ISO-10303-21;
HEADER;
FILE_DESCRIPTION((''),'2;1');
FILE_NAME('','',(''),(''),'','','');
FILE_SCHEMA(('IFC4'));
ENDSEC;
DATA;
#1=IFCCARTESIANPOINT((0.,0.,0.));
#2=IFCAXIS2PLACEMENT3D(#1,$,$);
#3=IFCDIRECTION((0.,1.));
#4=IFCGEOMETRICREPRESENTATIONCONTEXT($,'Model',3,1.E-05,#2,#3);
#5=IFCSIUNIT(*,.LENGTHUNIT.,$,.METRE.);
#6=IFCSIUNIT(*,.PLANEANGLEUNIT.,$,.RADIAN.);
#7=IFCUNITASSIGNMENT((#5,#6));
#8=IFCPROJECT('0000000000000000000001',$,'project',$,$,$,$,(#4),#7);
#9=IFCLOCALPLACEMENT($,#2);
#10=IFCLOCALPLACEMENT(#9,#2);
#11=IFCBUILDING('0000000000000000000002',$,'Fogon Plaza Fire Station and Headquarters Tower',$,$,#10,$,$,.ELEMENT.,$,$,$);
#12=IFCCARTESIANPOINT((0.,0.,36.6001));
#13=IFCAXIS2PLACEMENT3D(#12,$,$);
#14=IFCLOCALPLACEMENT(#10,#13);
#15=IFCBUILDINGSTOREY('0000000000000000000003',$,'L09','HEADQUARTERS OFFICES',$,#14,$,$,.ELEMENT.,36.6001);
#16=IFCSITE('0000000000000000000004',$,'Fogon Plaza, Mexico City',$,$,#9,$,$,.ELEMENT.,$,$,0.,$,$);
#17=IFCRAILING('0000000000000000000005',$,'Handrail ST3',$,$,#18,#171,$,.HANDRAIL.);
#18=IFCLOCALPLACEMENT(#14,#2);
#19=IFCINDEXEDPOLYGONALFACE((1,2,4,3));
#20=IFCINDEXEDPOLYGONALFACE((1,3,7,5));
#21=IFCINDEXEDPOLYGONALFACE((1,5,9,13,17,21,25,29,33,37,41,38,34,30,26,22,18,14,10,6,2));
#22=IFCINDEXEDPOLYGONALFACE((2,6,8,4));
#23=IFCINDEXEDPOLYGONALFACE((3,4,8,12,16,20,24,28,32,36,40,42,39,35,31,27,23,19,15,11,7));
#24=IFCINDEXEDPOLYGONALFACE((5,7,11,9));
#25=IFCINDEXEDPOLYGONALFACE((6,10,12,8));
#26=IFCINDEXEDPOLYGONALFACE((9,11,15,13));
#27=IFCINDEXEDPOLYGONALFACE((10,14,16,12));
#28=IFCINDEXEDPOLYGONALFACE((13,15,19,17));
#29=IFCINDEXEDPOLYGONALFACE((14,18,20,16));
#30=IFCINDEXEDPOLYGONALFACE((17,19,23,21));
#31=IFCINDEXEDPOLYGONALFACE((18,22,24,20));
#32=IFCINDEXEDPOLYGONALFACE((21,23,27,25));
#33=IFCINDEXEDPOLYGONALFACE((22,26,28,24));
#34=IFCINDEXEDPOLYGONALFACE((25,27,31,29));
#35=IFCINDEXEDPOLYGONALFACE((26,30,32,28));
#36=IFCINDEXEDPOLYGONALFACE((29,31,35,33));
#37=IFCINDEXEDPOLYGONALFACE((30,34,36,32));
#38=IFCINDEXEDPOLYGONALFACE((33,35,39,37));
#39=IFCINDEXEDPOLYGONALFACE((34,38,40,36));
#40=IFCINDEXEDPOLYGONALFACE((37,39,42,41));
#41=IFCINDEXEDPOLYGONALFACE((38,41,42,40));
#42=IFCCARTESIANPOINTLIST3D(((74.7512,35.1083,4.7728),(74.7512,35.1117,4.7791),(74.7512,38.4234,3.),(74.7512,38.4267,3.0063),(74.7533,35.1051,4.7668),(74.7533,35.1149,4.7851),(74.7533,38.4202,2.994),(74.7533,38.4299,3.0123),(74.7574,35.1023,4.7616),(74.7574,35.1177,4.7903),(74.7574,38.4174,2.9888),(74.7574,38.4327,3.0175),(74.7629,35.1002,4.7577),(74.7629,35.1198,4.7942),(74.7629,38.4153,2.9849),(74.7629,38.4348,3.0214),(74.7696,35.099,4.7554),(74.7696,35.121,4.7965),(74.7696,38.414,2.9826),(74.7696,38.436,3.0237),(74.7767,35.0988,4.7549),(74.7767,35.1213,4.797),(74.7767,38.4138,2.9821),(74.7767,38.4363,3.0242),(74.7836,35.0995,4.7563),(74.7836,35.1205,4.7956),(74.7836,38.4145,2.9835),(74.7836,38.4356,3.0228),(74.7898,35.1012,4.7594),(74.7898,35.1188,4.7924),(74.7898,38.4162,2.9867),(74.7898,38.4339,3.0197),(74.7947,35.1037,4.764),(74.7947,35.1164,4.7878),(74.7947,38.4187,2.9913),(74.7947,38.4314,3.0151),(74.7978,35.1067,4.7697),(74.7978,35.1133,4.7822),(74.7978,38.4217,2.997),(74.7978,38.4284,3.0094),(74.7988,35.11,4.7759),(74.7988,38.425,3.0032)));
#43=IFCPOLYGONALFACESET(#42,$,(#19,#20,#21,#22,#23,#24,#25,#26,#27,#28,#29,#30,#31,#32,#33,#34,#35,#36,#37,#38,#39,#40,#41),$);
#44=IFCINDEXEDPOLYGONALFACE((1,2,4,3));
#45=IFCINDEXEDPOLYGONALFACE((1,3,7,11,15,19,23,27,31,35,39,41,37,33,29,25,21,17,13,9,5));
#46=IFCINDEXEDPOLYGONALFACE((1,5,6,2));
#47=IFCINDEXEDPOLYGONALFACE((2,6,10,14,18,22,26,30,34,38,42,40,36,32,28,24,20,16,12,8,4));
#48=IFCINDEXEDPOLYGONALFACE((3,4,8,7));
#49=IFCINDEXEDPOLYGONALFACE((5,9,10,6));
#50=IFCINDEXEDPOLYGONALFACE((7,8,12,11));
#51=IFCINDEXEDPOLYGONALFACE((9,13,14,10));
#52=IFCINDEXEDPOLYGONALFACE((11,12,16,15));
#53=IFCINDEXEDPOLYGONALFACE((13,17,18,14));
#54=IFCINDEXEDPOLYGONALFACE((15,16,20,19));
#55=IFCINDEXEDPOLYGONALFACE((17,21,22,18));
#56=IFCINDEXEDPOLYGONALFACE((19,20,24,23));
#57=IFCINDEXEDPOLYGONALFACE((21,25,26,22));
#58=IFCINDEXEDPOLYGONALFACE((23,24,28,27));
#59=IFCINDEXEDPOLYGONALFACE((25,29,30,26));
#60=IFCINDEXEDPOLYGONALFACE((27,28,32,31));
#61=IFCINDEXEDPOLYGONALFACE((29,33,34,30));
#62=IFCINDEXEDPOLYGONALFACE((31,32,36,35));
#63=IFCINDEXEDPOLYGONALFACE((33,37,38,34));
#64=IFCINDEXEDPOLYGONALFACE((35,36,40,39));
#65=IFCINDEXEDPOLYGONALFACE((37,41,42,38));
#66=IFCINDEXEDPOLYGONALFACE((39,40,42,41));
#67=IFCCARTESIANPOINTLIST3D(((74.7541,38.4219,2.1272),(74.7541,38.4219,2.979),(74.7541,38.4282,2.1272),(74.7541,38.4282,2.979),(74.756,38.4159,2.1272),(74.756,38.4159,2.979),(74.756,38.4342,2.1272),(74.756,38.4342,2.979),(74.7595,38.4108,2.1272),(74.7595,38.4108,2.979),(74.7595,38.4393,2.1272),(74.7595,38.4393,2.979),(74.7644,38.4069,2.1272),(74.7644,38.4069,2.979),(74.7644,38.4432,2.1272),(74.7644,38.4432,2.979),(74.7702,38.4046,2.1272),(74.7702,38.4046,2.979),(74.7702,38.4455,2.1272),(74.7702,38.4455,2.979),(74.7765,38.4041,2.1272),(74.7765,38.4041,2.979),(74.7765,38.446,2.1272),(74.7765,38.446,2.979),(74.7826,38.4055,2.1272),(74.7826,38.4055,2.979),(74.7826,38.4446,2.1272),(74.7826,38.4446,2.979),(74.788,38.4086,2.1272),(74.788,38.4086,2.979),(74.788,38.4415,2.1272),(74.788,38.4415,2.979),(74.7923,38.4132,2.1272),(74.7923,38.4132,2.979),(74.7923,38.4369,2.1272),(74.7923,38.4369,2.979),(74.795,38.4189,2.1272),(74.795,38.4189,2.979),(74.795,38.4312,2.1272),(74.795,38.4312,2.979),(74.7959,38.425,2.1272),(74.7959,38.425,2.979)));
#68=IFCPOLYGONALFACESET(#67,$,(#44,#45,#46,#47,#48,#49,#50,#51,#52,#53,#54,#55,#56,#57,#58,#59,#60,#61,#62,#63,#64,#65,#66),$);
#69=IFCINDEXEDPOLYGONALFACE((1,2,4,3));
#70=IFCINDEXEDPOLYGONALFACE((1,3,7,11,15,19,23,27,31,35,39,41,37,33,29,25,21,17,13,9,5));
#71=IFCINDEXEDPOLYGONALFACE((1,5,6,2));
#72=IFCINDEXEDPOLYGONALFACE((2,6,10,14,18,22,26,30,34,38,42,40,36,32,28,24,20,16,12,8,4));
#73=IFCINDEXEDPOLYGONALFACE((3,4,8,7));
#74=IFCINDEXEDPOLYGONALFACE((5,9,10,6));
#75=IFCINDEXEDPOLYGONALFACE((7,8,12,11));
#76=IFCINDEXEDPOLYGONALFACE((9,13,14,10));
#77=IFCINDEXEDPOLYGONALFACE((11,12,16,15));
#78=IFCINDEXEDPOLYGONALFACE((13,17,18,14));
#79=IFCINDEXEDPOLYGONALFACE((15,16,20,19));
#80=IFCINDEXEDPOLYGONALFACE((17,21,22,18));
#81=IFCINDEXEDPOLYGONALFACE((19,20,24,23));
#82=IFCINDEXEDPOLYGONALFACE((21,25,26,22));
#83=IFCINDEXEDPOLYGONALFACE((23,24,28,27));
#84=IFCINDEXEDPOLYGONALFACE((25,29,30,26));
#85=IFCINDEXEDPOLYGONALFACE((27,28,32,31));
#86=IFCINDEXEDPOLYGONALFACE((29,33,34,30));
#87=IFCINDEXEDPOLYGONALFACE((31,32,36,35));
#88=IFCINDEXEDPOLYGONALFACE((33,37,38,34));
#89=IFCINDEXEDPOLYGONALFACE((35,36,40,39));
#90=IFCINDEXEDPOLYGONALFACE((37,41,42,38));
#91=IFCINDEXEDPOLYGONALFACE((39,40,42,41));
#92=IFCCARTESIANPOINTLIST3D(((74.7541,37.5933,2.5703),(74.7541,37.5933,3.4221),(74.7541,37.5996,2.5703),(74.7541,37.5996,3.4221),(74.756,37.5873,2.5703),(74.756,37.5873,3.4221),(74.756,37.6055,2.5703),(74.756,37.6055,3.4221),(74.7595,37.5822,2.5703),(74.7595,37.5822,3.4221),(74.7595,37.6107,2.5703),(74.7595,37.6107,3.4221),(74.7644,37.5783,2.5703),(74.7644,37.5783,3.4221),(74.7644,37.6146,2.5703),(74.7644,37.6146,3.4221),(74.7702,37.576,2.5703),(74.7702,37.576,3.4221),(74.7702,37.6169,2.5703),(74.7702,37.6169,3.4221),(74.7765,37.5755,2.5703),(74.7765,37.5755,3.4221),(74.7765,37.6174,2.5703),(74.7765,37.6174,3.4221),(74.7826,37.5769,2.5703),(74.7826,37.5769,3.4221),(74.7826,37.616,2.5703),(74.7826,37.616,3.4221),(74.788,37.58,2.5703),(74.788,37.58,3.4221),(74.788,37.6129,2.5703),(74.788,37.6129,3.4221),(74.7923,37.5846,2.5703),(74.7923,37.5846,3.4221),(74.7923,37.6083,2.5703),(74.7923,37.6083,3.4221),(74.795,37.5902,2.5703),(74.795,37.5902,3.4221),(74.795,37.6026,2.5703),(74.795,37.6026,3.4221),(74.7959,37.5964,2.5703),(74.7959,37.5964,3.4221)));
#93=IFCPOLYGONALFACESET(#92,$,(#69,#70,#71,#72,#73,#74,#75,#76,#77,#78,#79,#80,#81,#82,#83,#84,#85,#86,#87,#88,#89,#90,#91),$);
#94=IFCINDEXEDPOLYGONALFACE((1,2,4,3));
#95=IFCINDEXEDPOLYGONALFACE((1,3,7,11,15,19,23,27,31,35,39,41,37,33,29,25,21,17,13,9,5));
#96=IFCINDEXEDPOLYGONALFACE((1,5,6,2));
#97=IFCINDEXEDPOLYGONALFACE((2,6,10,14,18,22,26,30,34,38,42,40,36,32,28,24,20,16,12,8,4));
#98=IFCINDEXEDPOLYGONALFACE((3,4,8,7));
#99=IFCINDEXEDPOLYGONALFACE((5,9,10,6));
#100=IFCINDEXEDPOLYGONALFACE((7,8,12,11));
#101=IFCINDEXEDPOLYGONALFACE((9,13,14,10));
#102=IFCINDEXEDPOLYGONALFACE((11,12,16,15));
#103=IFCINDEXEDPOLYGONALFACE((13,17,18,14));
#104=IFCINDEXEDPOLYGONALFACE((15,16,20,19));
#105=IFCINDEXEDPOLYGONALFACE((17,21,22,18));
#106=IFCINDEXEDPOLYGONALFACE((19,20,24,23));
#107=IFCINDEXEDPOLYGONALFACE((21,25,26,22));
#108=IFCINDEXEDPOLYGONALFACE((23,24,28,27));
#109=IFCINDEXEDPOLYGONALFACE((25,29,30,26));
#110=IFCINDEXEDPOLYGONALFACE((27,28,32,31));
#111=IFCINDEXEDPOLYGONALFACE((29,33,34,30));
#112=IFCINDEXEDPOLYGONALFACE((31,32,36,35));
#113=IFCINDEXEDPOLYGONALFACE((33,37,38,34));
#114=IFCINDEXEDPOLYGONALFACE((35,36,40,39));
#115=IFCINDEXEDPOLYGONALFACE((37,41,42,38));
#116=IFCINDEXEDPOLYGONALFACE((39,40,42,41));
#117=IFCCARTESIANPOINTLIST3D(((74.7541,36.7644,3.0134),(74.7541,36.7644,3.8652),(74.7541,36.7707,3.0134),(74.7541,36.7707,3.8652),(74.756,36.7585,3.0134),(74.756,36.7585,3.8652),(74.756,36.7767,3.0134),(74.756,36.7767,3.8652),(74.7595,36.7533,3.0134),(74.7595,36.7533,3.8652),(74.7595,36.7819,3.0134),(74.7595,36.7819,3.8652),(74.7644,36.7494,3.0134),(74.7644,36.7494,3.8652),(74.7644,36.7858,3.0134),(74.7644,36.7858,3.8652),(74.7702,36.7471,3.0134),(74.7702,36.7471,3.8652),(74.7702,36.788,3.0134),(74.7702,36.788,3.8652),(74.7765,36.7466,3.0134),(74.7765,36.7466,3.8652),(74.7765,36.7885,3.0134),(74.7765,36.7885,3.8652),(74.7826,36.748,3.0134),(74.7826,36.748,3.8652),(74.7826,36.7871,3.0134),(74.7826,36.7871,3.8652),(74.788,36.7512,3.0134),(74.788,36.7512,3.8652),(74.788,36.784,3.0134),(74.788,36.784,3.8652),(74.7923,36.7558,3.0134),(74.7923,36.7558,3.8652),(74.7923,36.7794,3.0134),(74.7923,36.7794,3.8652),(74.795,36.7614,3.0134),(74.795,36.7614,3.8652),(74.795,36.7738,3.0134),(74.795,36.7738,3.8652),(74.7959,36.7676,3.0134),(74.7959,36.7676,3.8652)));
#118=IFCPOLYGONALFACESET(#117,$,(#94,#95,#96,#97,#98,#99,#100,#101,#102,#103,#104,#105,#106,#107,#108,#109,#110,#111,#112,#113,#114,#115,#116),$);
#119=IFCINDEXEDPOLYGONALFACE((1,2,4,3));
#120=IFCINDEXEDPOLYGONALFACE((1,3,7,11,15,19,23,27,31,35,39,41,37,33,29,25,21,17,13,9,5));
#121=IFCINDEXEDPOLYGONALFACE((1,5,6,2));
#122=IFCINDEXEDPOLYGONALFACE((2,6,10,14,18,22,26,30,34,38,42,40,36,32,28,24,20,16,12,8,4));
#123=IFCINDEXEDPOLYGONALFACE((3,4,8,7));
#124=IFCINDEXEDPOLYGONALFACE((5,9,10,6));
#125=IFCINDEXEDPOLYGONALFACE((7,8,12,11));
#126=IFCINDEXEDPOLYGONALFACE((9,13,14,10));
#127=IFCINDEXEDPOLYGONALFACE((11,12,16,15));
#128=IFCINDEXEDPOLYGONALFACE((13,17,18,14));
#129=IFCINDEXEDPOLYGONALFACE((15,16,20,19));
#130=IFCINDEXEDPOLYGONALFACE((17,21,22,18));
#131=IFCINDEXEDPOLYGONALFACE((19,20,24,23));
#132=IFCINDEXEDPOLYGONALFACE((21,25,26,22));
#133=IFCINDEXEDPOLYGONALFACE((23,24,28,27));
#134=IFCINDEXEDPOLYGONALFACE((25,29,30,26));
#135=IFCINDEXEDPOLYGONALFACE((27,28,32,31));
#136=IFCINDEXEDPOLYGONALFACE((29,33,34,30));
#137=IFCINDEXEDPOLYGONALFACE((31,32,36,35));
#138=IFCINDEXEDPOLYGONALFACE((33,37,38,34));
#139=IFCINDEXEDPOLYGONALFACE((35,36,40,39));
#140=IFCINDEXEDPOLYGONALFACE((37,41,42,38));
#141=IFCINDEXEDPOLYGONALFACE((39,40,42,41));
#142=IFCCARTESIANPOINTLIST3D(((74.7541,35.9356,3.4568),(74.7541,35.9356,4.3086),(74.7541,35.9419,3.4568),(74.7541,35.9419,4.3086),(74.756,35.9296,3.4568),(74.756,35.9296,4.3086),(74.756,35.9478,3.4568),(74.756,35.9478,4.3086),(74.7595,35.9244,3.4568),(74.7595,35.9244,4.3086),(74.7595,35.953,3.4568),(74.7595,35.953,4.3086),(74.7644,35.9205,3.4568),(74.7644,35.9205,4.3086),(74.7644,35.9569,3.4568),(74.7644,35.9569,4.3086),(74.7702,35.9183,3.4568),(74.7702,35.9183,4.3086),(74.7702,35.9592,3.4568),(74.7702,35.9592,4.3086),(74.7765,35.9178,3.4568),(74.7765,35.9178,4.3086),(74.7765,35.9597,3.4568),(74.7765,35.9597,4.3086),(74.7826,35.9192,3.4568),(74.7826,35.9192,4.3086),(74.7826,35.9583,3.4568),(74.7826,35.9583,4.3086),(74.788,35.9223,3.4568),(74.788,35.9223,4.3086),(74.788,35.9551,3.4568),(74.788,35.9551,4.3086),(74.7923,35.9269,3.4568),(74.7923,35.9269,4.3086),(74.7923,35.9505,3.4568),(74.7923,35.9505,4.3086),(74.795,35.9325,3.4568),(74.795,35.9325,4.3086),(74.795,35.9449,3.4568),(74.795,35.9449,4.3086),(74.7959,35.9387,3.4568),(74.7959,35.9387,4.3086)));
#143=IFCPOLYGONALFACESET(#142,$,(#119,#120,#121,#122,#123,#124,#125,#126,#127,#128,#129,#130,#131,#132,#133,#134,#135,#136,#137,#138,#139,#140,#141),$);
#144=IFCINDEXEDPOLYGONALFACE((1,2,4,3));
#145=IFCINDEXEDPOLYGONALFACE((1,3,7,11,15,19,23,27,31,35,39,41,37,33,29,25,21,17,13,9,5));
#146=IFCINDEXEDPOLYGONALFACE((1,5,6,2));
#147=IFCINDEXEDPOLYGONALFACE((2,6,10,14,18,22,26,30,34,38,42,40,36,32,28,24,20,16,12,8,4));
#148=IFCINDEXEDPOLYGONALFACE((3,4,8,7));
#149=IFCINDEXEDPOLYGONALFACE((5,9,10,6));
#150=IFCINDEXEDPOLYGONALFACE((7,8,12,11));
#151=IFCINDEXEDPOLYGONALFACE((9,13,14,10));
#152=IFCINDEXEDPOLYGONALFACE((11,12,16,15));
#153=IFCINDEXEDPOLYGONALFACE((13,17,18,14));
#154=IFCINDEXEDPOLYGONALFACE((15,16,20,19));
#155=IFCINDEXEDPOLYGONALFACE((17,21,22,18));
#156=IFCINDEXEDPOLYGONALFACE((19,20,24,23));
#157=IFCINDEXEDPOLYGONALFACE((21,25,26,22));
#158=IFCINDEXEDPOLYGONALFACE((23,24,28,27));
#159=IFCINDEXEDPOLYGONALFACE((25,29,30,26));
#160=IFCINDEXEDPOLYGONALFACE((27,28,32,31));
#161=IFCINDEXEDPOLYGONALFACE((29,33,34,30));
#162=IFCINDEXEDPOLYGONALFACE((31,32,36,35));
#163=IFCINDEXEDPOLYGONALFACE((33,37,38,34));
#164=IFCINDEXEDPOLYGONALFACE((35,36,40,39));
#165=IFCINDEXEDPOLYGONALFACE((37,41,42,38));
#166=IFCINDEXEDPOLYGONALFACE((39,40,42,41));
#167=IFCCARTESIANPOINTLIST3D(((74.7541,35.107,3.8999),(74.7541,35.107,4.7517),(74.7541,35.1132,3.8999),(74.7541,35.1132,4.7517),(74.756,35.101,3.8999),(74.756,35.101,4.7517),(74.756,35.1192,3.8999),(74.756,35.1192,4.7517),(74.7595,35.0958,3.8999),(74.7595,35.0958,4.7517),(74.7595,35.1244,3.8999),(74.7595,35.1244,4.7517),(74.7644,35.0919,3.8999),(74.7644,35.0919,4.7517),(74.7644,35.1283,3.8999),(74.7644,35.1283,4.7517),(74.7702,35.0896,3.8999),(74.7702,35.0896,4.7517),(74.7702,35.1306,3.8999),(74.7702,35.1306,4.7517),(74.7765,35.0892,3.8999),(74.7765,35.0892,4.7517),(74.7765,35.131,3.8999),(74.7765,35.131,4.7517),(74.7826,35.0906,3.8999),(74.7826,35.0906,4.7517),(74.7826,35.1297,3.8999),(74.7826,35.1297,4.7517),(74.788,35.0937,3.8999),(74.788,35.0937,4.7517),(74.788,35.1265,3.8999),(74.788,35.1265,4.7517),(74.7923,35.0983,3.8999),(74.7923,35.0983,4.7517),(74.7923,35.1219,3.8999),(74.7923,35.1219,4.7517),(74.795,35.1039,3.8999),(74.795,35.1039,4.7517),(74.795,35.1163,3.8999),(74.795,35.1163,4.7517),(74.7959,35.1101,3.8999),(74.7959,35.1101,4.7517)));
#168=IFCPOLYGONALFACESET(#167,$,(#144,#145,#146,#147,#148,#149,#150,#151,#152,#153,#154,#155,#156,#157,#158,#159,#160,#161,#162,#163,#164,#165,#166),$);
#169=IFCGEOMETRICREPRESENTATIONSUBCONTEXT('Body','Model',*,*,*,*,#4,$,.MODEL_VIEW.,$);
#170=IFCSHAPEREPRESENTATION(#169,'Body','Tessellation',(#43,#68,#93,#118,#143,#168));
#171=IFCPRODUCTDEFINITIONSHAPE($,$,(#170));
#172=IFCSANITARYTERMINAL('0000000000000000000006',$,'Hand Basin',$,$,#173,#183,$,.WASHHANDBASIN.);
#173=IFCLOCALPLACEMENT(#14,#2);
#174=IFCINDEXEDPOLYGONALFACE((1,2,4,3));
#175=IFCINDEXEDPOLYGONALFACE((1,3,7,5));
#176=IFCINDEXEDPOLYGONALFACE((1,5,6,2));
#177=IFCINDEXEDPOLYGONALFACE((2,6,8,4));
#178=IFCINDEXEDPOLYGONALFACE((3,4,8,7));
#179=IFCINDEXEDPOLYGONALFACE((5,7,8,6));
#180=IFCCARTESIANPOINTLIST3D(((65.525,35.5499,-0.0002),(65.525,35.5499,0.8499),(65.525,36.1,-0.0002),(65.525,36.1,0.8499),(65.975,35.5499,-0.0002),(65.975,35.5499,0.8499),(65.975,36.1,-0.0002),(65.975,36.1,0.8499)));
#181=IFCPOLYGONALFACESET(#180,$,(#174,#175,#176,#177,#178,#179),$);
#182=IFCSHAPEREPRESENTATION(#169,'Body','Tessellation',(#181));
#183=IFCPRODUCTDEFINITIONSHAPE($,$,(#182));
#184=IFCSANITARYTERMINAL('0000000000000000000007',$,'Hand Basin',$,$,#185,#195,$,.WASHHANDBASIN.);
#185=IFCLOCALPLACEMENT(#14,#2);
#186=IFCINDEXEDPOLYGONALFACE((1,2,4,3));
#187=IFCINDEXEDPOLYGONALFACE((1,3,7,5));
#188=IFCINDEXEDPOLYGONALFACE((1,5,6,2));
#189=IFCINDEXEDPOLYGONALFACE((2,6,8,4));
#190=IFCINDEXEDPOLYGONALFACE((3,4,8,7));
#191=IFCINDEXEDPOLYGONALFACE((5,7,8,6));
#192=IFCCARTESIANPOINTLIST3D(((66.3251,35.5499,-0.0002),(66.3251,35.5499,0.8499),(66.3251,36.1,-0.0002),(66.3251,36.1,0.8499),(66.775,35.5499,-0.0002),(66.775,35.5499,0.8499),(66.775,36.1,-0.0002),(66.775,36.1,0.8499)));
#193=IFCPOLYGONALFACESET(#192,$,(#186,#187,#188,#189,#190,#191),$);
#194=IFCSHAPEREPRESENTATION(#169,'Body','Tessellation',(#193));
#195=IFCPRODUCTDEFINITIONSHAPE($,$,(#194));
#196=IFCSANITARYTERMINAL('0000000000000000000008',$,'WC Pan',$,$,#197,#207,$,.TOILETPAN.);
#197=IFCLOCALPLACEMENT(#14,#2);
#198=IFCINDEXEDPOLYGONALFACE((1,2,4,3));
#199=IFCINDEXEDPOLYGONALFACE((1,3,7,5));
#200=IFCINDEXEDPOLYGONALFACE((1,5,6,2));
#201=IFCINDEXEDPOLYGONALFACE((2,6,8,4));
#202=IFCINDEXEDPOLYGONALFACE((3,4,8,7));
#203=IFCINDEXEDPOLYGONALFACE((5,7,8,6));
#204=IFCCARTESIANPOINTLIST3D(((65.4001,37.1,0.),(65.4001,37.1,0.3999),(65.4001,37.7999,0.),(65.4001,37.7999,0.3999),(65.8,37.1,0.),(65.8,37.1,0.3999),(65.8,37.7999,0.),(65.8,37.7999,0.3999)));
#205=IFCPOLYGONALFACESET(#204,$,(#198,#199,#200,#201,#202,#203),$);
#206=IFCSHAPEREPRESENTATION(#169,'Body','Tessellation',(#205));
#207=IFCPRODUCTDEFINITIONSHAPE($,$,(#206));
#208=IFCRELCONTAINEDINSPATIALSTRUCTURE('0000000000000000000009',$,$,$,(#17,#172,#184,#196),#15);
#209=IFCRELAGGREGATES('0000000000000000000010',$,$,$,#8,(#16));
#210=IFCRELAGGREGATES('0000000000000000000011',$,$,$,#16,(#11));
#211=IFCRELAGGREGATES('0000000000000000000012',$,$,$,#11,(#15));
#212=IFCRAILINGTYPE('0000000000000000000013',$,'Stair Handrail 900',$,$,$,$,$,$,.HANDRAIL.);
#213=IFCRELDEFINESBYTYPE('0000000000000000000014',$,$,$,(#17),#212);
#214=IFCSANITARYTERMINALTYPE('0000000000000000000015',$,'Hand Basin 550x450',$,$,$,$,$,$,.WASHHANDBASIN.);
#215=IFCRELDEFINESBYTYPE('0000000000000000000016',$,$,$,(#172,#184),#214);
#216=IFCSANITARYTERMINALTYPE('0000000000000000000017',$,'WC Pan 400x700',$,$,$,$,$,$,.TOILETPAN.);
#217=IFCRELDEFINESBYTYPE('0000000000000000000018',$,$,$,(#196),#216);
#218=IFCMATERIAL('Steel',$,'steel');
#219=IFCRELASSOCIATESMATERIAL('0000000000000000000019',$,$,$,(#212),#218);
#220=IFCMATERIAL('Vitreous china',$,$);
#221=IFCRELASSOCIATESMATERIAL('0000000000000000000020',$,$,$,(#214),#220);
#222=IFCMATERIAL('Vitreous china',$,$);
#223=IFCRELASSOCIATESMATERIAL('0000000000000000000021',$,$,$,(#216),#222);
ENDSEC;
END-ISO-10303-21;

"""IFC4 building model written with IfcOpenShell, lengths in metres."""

from ifc_helpers import new_model, si_unit, direction, frame, origin, origin_2d, place, context, subcontext, project, spatial, rectangle, circle, extrude, material, type_object, element, save


model = new_model("IFC4")

# Units and contexts
model_context = context("Model", 3, precision=1e-05, world=origin(), true_north=direction((0.0, 1.0)))
body_context = subcontext(model_context, "Body", "Model", "MODEL_VIEW")
ifc_project = project(units=[si_unit("LENGTHUNIT", "METRE"), si_unit("PLANEANGLEUNIT", "RADIAN")], contexts=[model_context])

# Site, building, storey
site_placement = place(None, origin())
site = spatial("IfcSite", under=ifc_project, at=site_placement, Name="Fogon Plaza, Mexico City", CompositionType="ELEMENT", RefElevation=0.0)
building_placement = place(site_placement, origin())
building = spatial("IfcBuilding", under=site, at=building_placement, Name="Fogon Plaza Fire Station and Headquarters Tower", CompositionType="ELEMENT")
storey_placement = place(building_placement, frame((0.0, 0.0, 36.6001)))
storey = spatial("IfcBuildingStorey", under=building, at=storey_placement, Name="L09", Description="HEADQUARTERS OFFICES", CompositionType="ELEMENT", Elevation=36.6001)

# Railing
ifc_material_1 = material(Name="Steel", Category="steel")
railing_type = type_object("IfcRailingType", Name="Stair Handrail 900", PredefinedType="HANDRAIL", material=ifc_material_1)
for number, where, name in (
    (1, (74.7749, 38.425, 2.1272), "Handrail ST3"),
):
    element("IfcRailing", number, at=place(storey_placement, frame(where)), inside=storey, type_object=railing_type, Name=name, PredefinedType="HANDRAIL", context=body_context, shape_type="SweptSolid", body=[
        extrude(circle(Radius=0.0239, at=origin_2d()), frame((0.0, 0.0, 0.876), z_axis=(0.0, -0.881829, 0.471569), x_axis=(1.0, 0.0, 0.0)), (0.0, 0.0, 1.0), 3.7593),
        extrude(circle(Radius=0.021, at=origin_2d()), origin(), (0.0, 0.0, 1.0), 0.8518),
        extrude(circle(Radius=0.021, at=origin_2d()), frame((0.0, -0.8286, 0.4431)), (0.0, 0.0, 1.0), 0.8518),
        extrude(circle(Radius=0.021, at=origin_2d()), frame((0.0, -1.6575, 0.8862)), (0.0, 0.0, 1.0), 0.8518),
        extrude(circle(Radius=0.021, at=origin_2d()), frame((0.0, -2.4863, 1.3296)), (0.0, 0.0, 1.0), 0.8518),
        extrude(circle(Radius=0.021, at=origin_2d()), frame((0.0, -3.3149, 1.7727)), (0.0, 0.0, 1.0), 0.8518),
    ])

# Sanitary terminals
ifc_material_2 = material(Name="Vitreous china")
sanitary_terminal_type_1 = type_object("IfcSanitaryTerminalType", Name="Hand Basin 550x450", PredefinedType="WASHHANDBASIN", material=ifc_material_2)
for number, where, z_axis, x_axis, name in (
    (2, (65.75, 35.825, -0.0002), (0.0, 0.0, 1.0), (1.0, 0.0, 0.0), "Hand Basin"),
    (3, (66.55, 35.825, -0.0002), (0.0, 0.0, 1.0), (1.0, 0.0, 0.0), "Hand Basin"),
):
    element("IfcSanitaryTerminal", number, at=place(storey_placement, frame(where, z_axis=z_axis, x_axis=x_axis)), inside=storey, type_object=sanitary_terminal_type_1, Name=name, PredefinedType="WASHHANDBASIN", context=body_context, shape_type="SweptSolid", body=[
        extrude(rectangle(XDim=0.45, YDim=0.55, at=origin_2d()), origin(), (0.0, 0.0, 1.0), 0.8501),
    ])
ifc_material_3 = material(Name="Vitreous china")
sanitary_terminal_type_2 = type_object("IfcSanitaryTerminalType", Name="WC Pan 400x700", PredefinedType="TOILETPAN", material=ifc_material_3)
sanitary_terminal_placement = place(storey_placement, frame((65.6001, 37.45, 0.0), z_axis=(0.0, 0.0, 1.0), x_axis=(1.0, 0.0, 0.0)))
element("IfcSanitaryTerminal", 4, at=sanitary_terminal_placement, inside=storey, type_object=sanitary_terminal_type_2, Name="WC Pan", PredefinedType="TOILETPAN", context=body_context, shape_type="SweptSolid", body=[
    extrude(rectangle(XDim=0.3999, YDim=0.7, at=origin_2d()), origin(), (0.0, 0.0, 1.0), 0.3999),
])

save(model, "model.ifc")
